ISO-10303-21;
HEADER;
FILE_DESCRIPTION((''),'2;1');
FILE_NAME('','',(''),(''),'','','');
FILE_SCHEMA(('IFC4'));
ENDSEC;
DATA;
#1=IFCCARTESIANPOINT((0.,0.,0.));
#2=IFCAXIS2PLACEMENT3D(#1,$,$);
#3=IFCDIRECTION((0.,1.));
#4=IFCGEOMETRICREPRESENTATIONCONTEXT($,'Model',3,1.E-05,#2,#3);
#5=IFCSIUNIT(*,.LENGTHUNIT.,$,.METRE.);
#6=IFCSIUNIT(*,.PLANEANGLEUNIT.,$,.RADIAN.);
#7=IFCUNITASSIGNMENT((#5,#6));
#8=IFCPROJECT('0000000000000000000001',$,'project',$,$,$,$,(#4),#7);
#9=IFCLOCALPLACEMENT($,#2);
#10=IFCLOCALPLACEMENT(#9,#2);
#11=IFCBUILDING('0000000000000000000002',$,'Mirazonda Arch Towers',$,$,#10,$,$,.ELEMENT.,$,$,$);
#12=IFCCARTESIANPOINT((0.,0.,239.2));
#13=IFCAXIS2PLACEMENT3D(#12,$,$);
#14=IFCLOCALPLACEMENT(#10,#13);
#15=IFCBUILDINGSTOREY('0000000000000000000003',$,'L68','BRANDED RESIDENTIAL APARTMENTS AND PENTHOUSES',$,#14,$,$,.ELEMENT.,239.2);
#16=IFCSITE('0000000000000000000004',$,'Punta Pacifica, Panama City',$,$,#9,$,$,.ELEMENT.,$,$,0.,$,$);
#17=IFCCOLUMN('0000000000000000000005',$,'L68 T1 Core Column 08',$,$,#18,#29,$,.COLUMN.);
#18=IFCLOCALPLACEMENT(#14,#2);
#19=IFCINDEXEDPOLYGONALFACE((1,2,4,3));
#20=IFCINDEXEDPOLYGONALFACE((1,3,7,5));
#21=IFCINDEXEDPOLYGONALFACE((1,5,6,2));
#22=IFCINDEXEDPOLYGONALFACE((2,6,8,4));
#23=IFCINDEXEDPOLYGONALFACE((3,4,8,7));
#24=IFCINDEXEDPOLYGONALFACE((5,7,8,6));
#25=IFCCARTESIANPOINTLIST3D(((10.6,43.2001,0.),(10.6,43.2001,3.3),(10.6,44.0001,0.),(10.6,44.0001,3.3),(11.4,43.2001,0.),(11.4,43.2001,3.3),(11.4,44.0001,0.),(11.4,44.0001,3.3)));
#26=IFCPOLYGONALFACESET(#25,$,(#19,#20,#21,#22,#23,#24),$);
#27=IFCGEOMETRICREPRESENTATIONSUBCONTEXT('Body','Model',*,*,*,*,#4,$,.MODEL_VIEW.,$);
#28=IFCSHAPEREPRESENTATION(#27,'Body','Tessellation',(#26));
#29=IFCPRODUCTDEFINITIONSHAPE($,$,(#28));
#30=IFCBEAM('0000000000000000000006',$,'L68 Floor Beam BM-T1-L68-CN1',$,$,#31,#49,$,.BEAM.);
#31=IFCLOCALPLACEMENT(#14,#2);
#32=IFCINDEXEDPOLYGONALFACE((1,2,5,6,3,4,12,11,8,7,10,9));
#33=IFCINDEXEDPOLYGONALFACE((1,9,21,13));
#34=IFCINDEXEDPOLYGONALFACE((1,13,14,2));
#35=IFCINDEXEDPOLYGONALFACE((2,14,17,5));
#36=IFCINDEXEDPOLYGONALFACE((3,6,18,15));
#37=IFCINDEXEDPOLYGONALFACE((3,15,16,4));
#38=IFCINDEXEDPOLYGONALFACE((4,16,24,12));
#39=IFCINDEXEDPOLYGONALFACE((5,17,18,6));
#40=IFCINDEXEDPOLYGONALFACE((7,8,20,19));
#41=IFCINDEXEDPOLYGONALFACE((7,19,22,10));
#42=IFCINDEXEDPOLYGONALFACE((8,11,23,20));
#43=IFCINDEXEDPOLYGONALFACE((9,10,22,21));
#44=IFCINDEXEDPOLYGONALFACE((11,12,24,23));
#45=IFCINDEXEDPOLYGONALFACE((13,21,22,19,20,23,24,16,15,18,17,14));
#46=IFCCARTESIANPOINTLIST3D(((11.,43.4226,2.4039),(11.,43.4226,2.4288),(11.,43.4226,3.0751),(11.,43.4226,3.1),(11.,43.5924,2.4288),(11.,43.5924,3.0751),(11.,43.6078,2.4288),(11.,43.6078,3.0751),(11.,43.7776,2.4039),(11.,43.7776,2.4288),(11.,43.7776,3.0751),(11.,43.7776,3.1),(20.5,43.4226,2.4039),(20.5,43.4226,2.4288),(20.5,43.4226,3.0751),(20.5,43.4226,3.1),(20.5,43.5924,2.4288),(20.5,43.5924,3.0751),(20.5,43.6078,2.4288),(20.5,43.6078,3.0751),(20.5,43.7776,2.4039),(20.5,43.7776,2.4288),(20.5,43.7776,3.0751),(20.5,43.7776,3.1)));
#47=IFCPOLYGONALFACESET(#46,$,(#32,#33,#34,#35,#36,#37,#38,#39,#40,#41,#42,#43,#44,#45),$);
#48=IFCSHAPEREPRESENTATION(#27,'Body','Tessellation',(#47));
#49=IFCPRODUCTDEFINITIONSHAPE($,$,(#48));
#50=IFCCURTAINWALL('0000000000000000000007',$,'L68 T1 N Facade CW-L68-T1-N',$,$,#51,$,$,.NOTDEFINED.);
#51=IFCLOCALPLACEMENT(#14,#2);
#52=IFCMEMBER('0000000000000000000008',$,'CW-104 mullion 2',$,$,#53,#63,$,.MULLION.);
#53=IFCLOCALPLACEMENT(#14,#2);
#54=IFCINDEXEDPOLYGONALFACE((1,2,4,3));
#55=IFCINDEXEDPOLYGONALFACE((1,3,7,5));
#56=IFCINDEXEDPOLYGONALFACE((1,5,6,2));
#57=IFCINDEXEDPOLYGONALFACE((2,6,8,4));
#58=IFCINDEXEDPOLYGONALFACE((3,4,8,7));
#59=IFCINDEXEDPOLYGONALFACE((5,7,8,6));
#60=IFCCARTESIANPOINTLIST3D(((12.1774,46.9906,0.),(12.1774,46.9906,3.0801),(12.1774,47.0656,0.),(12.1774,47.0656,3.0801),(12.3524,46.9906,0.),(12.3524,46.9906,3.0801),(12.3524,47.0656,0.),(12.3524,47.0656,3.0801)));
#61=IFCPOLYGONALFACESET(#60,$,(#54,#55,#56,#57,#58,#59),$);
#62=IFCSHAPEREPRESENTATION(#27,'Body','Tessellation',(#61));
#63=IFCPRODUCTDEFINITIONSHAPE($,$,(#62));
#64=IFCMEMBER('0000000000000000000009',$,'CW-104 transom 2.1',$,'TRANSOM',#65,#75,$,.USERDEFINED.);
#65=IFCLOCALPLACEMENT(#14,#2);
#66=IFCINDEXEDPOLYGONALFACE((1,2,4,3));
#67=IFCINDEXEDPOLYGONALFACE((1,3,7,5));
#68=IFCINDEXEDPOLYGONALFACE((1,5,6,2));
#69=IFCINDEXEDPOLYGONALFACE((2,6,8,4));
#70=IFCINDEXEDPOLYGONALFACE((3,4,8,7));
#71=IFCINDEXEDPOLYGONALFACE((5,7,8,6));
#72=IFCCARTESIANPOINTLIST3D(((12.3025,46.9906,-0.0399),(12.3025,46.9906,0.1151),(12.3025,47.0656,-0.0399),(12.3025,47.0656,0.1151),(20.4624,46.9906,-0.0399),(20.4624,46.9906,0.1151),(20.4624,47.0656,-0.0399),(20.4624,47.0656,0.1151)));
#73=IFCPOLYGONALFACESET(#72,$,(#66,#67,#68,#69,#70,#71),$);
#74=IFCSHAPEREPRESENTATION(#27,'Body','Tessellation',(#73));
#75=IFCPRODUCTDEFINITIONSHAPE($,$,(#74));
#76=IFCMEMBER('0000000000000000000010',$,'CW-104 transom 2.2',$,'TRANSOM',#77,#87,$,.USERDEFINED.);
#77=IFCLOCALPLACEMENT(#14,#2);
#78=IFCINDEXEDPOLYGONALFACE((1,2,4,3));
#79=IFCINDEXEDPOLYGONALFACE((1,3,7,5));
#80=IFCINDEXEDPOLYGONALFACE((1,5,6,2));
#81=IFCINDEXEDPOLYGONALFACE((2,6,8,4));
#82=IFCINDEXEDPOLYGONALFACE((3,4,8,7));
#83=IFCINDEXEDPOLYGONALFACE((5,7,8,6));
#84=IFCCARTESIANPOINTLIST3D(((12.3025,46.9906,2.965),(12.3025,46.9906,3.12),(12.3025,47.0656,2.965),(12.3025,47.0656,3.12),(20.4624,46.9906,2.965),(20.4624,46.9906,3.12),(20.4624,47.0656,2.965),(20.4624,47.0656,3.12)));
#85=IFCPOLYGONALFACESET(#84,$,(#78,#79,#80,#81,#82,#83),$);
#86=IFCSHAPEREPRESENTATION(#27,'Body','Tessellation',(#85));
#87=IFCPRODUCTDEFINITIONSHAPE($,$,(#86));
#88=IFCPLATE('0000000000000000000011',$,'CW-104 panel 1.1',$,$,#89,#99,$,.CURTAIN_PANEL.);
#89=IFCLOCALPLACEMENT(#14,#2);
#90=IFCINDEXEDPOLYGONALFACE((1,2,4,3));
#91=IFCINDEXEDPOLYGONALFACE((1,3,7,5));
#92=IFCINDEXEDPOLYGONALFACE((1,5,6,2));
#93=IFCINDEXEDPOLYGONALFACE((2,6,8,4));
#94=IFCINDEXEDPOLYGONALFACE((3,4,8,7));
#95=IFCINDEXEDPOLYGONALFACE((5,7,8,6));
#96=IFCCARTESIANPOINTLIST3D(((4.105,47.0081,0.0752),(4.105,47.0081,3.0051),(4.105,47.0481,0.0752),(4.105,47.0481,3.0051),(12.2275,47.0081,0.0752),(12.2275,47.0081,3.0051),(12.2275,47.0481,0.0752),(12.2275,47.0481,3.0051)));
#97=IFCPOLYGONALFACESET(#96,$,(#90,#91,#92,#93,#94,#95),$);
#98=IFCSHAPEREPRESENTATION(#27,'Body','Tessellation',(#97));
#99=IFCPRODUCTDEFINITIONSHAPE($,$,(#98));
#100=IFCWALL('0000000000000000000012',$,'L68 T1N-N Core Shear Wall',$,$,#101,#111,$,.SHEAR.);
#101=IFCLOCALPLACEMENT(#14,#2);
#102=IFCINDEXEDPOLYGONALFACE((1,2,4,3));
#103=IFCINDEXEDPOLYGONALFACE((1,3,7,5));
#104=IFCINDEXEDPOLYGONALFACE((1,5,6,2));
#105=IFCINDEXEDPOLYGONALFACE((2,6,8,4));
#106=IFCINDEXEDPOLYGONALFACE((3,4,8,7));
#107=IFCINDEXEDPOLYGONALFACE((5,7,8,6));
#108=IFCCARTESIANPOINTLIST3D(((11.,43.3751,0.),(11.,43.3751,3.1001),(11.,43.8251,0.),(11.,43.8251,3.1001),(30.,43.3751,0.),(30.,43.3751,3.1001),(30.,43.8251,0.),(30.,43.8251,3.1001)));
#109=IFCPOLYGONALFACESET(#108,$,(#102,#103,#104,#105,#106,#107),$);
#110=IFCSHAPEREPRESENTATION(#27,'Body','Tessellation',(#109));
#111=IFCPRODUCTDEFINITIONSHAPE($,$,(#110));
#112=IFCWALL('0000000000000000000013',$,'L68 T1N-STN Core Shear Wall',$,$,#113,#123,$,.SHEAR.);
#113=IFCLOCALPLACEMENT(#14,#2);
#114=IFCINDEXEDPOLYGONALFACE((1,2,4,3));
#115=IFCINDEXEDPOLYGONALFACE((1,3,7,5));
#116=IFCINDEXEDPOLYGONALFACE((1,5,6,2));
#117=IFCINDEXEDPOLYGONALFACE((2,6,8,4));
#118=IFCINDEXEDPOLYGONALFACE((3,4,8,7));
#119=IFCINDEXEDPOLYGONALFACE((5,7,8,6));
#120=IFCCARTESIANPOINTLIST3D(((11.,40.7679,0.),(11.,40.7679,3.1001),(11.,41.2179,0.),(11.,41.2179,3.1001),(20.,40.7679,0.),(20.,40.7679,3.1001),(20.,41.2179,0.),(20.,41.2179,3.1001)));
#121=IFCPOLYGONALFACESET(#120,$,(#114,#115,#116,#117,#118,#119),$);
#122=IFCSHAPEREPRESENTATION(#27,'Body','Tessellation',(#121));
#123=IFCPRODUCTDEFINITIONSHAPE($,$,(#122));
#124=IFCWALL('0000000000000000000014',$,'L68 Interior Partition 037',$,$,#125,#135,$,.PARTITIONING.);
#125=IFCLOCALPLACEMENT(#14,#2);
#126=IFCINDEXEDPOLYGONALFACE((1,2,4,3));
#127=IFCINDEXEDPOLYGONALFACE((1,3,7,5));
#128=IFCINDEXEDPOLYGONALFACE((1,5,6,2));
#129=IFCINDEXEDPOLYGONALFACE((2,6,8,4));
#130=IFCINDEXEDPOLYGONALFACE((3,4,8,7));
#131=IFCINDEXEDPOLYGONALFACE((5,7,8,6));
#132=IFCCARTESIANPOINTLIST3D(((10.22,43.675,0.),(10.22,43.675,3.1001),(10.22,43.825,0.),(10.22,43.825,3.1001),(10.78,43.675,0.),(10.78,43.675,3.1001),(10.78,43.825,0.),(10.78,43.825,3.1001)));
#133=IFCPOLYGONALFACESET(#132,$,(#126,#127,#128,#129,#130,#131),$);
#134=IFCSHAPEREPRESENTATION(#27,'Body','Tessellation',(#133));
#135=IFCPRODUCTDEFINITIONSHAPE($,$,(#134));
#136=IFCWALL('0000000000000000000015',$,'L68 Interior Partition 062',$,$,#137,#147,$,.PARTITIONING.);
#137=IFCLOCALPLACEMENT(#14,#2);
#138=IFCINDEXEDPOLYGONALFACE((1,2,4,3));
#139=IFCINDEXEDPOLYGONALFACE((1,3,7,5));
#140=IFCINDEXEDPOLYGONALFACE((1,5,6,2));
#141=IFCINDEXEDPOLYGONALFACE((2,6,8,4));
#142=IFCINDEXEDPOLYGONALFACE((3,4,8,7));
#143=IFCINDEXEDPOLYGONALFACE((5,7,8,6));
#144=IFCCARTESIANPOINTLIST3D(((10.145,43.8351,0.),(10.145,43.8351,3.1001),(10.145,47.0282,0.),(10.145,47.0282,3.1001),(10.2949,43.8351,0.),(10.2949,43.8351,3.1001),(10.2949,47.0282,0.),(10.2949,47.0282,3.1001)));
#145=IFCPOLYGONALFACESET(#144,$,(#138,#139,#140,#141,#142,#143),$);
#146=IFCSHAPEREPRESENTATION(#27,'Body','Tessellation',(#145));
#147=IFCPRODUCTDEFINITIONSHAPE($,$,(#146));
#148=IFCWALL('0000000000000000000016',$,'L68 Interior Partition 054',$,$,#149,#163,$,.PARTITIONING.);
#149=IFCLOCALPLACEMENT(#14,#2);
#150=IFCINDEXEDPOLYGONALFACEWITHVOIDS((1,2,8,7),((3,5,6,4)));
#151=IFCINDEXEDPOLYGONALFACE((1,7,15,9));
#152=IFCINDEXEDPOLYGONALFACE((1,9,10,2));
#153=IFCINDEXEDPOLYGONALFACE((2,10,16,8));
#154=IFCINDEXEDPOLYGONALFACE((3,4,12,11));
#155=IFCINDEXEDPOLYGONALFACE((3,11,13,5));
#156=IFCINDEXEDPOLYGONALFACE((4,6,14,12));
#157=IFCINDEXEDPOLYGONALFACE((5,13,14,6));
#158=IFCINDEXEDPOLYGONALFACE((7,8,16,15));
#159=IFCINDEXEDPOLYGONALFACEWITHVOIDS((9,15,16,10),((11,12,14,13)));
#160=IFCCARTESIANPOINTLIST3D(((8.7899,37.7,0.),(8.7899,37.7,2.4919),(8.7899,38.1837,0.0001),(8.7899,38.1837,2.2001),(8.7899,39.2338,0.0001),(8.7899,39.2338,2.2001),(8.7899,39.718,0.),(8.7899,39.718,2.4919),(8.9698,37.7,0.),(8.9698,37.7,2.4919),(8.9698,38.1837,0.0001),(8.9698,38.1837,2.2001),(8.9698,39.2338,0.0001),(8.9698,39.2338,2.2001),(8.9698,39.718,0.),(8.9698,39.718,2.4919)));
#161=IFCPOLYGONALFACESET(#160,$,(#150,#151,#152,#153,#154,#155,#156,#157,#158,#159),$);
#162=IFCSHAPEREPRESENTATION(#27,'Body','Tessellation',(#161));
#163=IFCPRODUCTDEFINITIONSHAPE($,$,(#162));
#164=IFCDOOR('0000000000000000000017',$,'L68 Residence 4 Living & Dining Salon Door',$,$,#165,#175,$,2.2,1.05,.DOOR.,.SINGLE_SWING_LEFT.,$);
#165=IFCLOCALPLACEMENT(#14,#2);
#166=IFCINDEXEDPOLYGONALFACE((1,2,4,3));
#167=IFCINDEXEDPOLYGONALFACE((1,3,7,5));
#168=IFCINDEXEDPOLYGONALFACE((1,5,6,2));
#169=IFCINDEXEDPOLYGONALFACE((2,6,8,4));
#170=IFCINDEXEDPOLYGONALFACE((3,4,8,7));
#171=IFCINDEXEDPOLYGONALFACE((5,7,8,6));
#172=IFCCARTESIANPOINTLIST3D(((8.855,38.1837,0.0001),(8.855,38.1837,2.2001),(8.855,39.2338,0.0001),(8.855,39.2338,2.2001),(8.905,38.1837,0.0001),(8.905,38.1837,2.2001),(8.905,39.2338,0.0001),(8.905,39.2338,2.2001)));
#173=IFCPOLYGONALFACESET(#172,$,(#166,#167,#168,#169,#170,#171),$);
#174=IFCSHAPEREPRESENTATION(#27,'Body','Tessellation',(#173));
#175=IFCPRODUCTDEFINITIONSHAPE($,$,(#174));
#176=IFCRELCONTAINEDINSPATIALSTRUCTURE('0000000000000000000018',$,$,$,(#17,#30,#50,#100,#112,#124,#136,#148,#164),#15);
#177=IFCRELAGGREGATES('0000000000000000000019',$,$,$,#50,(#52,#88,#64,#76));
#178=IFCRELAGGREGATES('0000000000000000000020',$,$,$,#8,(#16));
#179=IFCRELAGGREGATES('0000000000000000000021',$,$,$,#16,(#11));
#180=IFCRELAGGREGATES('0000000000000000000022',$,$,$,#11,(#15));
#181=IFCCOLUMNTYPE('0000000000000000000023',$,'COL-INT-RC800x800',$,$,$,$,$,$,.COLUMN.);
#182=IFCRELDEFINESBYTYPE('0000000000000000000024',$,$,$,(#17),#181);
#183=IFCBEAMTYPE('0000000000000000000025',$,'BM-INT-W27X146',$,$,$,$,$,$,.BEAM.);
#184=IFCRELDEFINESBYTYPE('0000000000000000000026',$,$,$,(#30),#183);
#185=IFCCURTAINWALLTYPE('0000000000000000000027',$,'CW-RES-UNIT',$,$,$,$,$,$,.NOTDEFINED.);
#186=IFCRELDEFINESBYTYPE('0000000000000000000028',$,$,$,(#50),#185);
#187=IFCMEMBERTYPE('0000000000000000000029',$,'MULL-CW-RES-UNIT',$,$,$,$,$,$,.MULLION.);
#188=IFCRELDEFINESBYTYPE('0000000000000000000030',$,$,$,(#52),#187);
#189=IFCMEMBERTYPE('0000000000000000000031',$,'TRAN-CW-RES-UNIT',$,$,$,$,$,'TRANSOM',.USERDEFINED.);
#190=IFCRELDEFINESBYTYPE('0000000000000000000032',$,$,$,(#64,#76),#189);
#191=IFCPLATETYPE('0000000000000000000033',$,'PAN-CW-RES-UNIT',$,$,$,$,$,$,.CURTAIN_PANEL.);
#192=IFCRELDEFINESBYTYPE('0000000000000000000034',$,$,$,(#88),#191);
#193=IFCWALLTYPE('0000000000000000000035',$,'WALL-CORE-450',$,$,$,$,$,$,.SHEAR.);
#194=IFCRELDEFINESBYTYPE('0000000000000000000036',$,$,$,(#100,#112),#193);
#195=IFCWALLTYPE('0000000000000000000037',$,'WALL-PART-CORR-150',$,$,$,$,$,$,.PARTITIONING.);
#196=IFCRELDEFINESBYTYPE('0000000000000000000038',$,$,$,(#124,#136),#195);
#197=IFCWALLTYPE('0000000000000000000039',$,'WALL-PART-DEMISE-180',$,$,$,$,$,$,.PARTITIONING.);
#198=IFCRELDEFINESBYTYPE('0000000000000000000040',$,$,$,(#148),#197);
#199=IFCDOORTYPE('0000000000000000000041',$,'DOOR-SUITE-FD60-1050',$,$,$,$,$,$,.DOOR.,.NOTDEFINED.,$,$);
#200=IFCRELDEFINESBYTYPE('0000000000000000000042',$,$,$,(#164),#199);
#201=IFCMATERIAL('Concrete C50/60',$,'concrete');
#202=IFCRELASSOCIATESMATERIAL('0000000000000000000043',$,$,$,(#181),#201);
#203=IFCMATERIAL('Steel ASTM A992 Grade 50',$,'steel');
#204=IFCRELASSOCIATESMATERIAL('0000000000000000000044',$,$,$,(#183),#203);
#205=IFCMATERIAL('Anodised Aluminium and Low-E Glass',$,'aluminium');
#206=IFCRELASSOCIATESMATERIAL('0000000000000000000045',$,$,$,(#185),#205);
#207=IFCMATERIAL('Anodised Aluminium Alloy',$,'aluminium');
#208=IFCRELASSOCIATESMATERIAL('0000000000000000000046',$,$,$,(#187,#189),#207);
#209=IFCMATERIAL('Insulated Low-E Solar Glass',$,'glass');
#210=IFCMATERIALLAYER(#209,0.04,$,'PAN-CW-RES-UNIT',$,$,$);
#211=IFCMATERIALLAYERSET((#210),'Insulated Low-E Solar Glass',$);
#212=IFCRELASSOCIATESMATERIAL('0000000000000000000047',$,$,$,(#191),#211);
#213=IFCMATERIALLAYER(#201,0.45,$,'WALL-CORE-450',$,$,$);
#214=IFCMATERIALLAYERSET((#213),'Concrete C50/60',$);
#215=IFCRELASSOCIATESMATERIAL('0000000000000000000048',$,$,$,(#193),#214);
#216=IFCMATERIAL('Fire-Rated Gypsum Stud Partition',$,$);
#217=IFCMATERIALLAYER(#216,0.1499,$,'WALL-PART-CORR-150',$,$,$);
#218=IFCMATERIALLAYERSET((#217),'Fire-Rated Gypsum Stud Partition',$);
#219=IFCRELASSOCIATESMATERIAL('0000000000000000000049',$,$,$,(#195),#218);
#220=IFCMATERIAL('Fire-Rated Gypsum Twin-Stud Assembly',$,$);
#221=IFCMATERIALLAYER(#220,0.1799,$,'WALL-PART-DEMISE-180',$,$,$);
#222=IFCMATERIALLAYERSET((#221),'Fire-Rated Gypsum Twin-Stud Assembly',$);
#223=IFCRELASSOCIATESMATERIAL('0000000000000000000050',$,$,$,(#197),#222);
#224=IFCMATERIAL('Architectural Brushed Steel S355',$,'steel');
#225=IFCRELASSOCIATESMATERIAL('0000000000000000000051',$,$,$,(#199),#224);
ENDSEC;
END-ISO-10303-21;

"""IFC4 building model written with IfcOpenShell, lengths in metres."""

from ifc_helpers import new_model, si_unit, direction, frame, frame_2d, origin, origin_2d, place, context, subcontext, project, spatial, rectangle, i_section, extrude, material, layer, layer_set, material_profile, profile_set, type_object, element, fill, aggregate, save


model = new_model("IFC4")

# Units and contexts
model_context = context("Model", 3, precision=1e-05, world=origin(), true_north=direction((0.0, 1.0)))
body_context = subcontext(model_context, "Body", "Model", "MODEL_VIEW")
ifc_project = project(units=[si_unit("LENGTHUNIT", "METRE"), si_unit("PLANEANGLEUNIT", "RADIAN")], contexts=[model_context])

# Site, building, storey
site_placement = place(None, origin())
site = spatial("IfcSite", under=ifc_project, at=site_placement, Name="Punta Pacifica, Panama City", CompositionType="ELEMENT", RefElevation=0.0)
building_placement = place(site_placement, origin())
building = spatial("IfcBuilding", under=site, at=building_placement, Name="Mirazonda Arch Towers", CompositionType="ELEMENT")
storey_placement = place(building_placement, frame((0.0, 0.0, 239.2)))
storey = spatial("IfcBuildingStorey", under=building, at=storey_placement, Name="L68", Description="BRANDED RESIDENTIAL APARTMENTS AND PENTHOUSES", CompositionType="ELEMENT", Elevation=239.2)

# Column
ifc_material_1 = material(Name="Concrete C50/60", Category="concrete")
ifc_material_profile_1 = material_profile(ifc_material_1, rectangle(XDim=0.8, YDim=0.8, at=origin_2d()), Name="RC800x800")
ifc_profile_set_1 = profile_set([ifc_material_profile_1], Name="Concrete C50/60")
column_type = type_object("IfcColumnType", Name="COL-INT-RC800x800", PredefinedType="COLUMN", material=ifc_profile_set_1)
column_placement = place(storey_placement, frame((11.0, 43.6001, 0.0), z_axis=(0.0, 0.0, 1.0), x_axis=(1.0, 0.0, 0.0)))
element("IfcColumn", 1, at=column_placement, inside=storey, type_object=column_type, Name="L68 T1 Core Column 08", PredefinedType="COLUMN", context=body_context, shape_type="SweptSolid", body=[
    extrude(rectangle(XDim=0.8, YDim=0.8, at=origin_2d()), origin(), (0.0, 0.0, 1.0), 3.3),
])

# Beam
ifc_material_2 = material(Name="Steel ASTM A992 Grade 50", Category="steel")
ifc_material_profile_2 = material_profile(ifc_material_2, i_section(OverallWidth=0.355, OverallDepth=0.696, WebThickness=0.0154, FlangeThickness=0.0249, at=origin_2d()), Name="W27X146")
ifc_profile_set_2 = profile_set([ifc_material_profile_2], Name="Steel ASTM A992 Grade 50")
beam_type = type_object("IfcBeamType", Name="BM-INT-W27X146", PredefinedType="BEAM", material=ifc_profile_set_2)
beam_placement = place(storey_placement, frame((11.0, 43.6001, 2.752), z_axis=(1.0, 0.0, 0.0), x_axis=(0.0, 1.0, 0.0)))
element("IfcBeam", 2, at=beam_placement, inside=storey, type_object=beam_type, Name="L68 Floor Beam BM-T1-L68-CN1", PredefinedType="BEAM", context=body_context, shape_type="SweptSolid", body=[
    extrude(i_section(OverallWidth=0.355, OverallDepth=0.696, WebThickness=0.0154, FlangeThickness=0.0249, at=origin_2d()), origin(), (0.0, 0.0, 1.0), 9.5),
])

# Curtain wall, members, plate
ifc_material_3 = material(Name="Anodised Aluminium and Low-E Glass", Category="aluminium")
curtain_wall_type = type_object("IfcCurtainWallType", Name="CW-RES-UNIT", PredefinedType="NOTDEFINED", material=ifc_material_3)
curtain_wall_placement = place(storey_placement, origin())
curtain_wall = element("IfcCurtainWall", 3, at=curtain_wall_placement, inside=storey, type_object=curtain_wall_type, Name="L68 T1 N Facade CW-L68-T1-N", PredefinedType="NOTDEFINED")
ifc_material_4 = material(Name="Anodised Aluminium Alloy", Category="aluminium")
ifc_material_profile_3 = material_profile(ifc_material_4, rectangle(XDim=0.075, YDim=0.175, at=origin_2d()), Name="ALU-MULL-75x175")
ifc_profile_set_3 = profile_set([ifc_material_profile_3], Name="Anodised Aluminium Alloy")
member_type_1 = type_object("IfcMemberType", Name="MULL-CW-RES-UNIT", PredefinedType="MULLION", material=ifc_profile_set_3)
member_1_placement = place(storey_placement, frame((12.2649, 47.0281, 0.0), z_axis=(0.0, 0.0, 1.0), x_axis=(0.0, 1.0, 0.0)))
member_1 = element("IfcMember", 4, at=member_1_placement, type_object=member_type_1, Name="CW-104 mullion 2", PredefinedType="MULLION", context=body_context, shape_type="SweptSolid", body=[
    extrude(rectangle(XDim=0.075, YDim=0.175, at=origin_2d()), origin(), (0.0, 0.0, 1.0), 3.0801),
])
ifc_material_profile_4 = material_profile(ifc_material_4, rectangle(XDim=0.075, YDim=0.155, at=origin_2d()), Name="ALU-TRAN-75x155")
ifc_profile_set_4 = profile_set([ifc_material_profile_4], Name="Anodised Aluminium Alloy")
member_type_2 = type_object("IfcMemberType", Name="TRAN-CW-RES-UNIT", ElementType="TRANSOM", PredefinedType="USERDEFINED", material=ifc_profile_set_4)
member_2_placement = place(storey_placement, frame((12.3025, 47.0281, 0.0376), z_axis=(1.0, 0.0, 0.0), x_axis=(0.0, 1.0, 0.0)))
member_2 = element("IfcMember", 5, at=member_2_placement, type_object=member_type_2, Name="CW-104 transom 2.1", ObjectType="TRANSOM", PredefinedType="USERDEFINED", context=body_context, shape_type="SweptSolid", body=[
    extrude(rectangle(XDim=0.075, YDim=0.155, at=origin_2d()), origin(), (0.0, 0.0, 1.0), 8.1599),
])
member_3_placement = place(storey_placement, frame((12.3025, 47.0281, 3.0425), z_axis=(1.0, 0.0, 0.0), x_axis=(0.0, 1.0, 0.0)))
member_3 = element("IfcMember", 6, at=member_3_placement, type_object=member_type_2, Name="CW-104 transom 2.2", ObjectType="TRANSOM", PredefinedType="USERDEFINED", context=body_context, shape_type="SweptSolid", body=[
    extrude(rectangle(XDim=0.075, YDim=0.155, at=origin_2d()), origin(), (0.0, 0.0, 1.0), 8.1599),
])
ifc_material_5 = material(Name="Insulated Low-E Solar Glass", Category="glass")
ifc_layer_1 = layer(ifc_material_5, 0.04, Name="PAN-CW-RES-UNIT")
ifc_layer_set_1 = layer_set([ifc_layer_1], Name="Insulated Low-E Solar Glass")
plate_type = type_object("IfcPlateType", Name="PAN-CW-RES-UNIT", PredefinedType="CURTAIN_PANEL", material=ifc_layer_set_1)
plate_placement = place(storey_placement, frame((8.1663, 47.0281, 0.0752), z_axis=(0.0, 0.0, 1.0), x_axis=(1.0, 0.0, 0.0)))
plate = element("IfcPlate", 7, at=plate_placement, type_object=plate_type, Name="CW-104 panel 1.1", PredefinedType="CURTAIN_PANEL", context=body_context, shape_type="SweptSolid", body=[
    extrude(rectangle(XDim=8.1226, YDim=0.04, at=origin_2d()), origin(), (0.0, 0.0, 1.0), 2.9299),
])
aggregate(curtain_wall, [member_1, plate, member_2, member_3])

# Walls
ifc_layer_2 = layer(ifc_material_1, 0.45, Name="WALL-CORE-450")
ifc_layer_set_2 = layer_set([ifc_layer_2], Name="Concrete C50/60")
wall_type_1 = type_object("IfcWallType", Name="WALL-CORE-450", PredefinedType="SHEAR", material=ifc_layer_set_2)
wall_1_placement = place(storey_placement, frame((11.0, 43.6001, 0.0), z_axis=(0.0, 0.0, 1.0), x_axis=(1.0, 0.0, 0.0)))
element("IfcWall", 8, at=wall_1_placement, inside=storey, type_object=wall_type_1, Name="L68 T1N-N Core Shear Wall", PredefinedType="SHEAR", context=body_context, shape_type="SweptSolid", body=[
    extrude(rectangle(XDim=19.0, YDim=0.45, at=frame_2d((9.5, 0.0))), origin(), (0.0, 0.0, 1.0), 3.1001),
])
wall_2_placement = place(storey_placement, frame((11.0, 40.9929, 0.0), z_axis=(0.0, 0.0, 1.0), x_axis=(1.0, 0.0, 0.0)))
element("IfcWall", 9, at=wall_2_placement, inside=storey, type_object=wall_type_1, Name="L68 T1N-STN Core Shear Wall", PredefinedType="SHEAR", context=body_context, shape_type="SweptSolid", body=[
    extrude(rectangle(XDim=9.0, YDim=0.45, at=frame_2d((4.5, 0.0))), origin(), (0.0, 0.0, 1.0), 3.1001),
])
ifc_material_6 = material(Name="Fire-Rated Gypsum Stud Partition")
ifc_layer_3 = layer(ifc_material_6, 0.1499, Name="WALL-PART-CORR-150")
ifc_layer_set_3 = layer_set([ifc_layer_3], Name="Fire-Rated Gypsum Stud Partition")
wall_type_2 = type_object("IfcWallType", Name="WALL-PART-CORR-150", PredefinedType="PARTITIONING", material=ifc_layer_set_3)
wall_3_placement = place(storey_placement, frame((10.22, 43.75, 0.0), z_axis=(0.0, 0.0, 1.0), x_axis=(1.0, 0.0, 0.0)))
element("IfcWall", 10, at=wall_3_placement, inside=storey, type_object=wall_type_2, Name="L68 Interior Partition 037", PredefinedType="PARTITIONING", context=body_context, shape_type="SweptSolid", body=[
    extrude(rectangle(XDim=0.5601, YDim=0.1499, at=frame_2d((0.28, 0.0))), origin(), (0.0, 0.0, 1.0), 3.1001),
])
wall_4_placement = place(storey_placement, frame((10.22, 43.835, 0.0), z_axis=(0.0, 0.0, 1.0), x_axis=(0.0, 1.0, 0.0)))
element("IfcWall", 11, at=wall_4_placement, inside=storey, type_object=wall_type_2, Name="L68 Interior Partition 062", PredefinedType="PARTITIONING", context=body_context, shape_type="SweptSolid", body=[
    extrude(rectangle(XDim=3.1931, YDim=0.1499, at=frame_2d((1.5967, 0.0))), origin(), (0.0, 0.0, 1.0), 3.1001),
])

# Wall, opening, door
ifc_material_7 = material(Name="Fire-Rated Gypsum Twin-Stud Assembly")
ifc_layer_4 = layer(ifc_material_7, 0.1799, Name="WALL-PART-DEMISE-180")
ifc_layer_set_4 = layer_set([ifc_layer_4], Name="Fire-Rated Gypsum Twin-Stud Assembly")
wall_type_3 = type_object("IfcWallType", Name="WALL-PART-DEMISE-180", PredefinedType="PARTITIONING", material=ifc_layer_set_4)
wall_5_placement = place(storey_placement, frame((8.8799, 37.7, 0.0), z_axis=(0.0, 0.0, 1.0), x_axis=(0.0, 1.0, 0.0)))
wall_5 = element("IfcWall", 12, at=wall_5_placement, inside=storey, type_object=wall_type_3, Name="L68 Interior Partition 054", PredefinedType="PARTITIONING", context=body_context, shape_type="SweptSolid", body=[
    extrude(rectangle(XDim=2.0181, YDim=0.1799, at=frame_2d((1.009, 0.0))), origin(), (0.0, 0.0, 1.0), 2.4919),
])
opening_1_placement = place(wall_5_placement, frame((0.4839, 0.0, 0.0)))
opening_1 = element("IfcOpeningElement", 13, at=opening_1_placement, cuts=wall_5, PredefinedType="OPENING", context=body_context, shape_type="SweptSolid", body=[
    extrude(rectangle(XDim=1.05, YDim=2.2, at=frame_2d((0.5249, 1.1001))), frame((0.0, 0.0999, 0.0), z_axis=(0.0, -1.0, 0.0), x_axis=(1.0, 0.0, 0.0)), (0.0, 0.0, 1.0), 0.2),
])
ifc_material_8 = material(Name="Architectural Brushed Steel S355", Category="steel")
door_type_1 = type_object("IfcDoorType", Name="DOOR-SUITE-FD60-1050", OperationType="NOTDEFINED", PredefinedType="DOOR", material=ifc_material_8)
door_1_placement = place(opening_1_placement, origin())
door_1 = element("IfcDoor", 14, at=door_1_placement, inside=storey, type_object=door_type_1, Name="L68 Residence 4 Living & Dining Salon Door", OperationType="SINGLE_SWING_LEFT", OverallHeight=2.2, OverallWidth=1.05, PredefinedType="DOOR", context=body_context, shape_type="SweptSolid", body=[
    extrude(rectangle(XDim=1.05, YDim=2.2, at=frame_2d((0.5249, 1.1001))), frame((0.0, 0.0249, 0.0), z_axis=(0.0, -1.0, 0.0), x_axis=(1.0, 0.0, 0.0)), (0.0, 0.0, 1.0), 0.05),
])
fill(opening_1, door_1)

save(model, "model.ifc")
